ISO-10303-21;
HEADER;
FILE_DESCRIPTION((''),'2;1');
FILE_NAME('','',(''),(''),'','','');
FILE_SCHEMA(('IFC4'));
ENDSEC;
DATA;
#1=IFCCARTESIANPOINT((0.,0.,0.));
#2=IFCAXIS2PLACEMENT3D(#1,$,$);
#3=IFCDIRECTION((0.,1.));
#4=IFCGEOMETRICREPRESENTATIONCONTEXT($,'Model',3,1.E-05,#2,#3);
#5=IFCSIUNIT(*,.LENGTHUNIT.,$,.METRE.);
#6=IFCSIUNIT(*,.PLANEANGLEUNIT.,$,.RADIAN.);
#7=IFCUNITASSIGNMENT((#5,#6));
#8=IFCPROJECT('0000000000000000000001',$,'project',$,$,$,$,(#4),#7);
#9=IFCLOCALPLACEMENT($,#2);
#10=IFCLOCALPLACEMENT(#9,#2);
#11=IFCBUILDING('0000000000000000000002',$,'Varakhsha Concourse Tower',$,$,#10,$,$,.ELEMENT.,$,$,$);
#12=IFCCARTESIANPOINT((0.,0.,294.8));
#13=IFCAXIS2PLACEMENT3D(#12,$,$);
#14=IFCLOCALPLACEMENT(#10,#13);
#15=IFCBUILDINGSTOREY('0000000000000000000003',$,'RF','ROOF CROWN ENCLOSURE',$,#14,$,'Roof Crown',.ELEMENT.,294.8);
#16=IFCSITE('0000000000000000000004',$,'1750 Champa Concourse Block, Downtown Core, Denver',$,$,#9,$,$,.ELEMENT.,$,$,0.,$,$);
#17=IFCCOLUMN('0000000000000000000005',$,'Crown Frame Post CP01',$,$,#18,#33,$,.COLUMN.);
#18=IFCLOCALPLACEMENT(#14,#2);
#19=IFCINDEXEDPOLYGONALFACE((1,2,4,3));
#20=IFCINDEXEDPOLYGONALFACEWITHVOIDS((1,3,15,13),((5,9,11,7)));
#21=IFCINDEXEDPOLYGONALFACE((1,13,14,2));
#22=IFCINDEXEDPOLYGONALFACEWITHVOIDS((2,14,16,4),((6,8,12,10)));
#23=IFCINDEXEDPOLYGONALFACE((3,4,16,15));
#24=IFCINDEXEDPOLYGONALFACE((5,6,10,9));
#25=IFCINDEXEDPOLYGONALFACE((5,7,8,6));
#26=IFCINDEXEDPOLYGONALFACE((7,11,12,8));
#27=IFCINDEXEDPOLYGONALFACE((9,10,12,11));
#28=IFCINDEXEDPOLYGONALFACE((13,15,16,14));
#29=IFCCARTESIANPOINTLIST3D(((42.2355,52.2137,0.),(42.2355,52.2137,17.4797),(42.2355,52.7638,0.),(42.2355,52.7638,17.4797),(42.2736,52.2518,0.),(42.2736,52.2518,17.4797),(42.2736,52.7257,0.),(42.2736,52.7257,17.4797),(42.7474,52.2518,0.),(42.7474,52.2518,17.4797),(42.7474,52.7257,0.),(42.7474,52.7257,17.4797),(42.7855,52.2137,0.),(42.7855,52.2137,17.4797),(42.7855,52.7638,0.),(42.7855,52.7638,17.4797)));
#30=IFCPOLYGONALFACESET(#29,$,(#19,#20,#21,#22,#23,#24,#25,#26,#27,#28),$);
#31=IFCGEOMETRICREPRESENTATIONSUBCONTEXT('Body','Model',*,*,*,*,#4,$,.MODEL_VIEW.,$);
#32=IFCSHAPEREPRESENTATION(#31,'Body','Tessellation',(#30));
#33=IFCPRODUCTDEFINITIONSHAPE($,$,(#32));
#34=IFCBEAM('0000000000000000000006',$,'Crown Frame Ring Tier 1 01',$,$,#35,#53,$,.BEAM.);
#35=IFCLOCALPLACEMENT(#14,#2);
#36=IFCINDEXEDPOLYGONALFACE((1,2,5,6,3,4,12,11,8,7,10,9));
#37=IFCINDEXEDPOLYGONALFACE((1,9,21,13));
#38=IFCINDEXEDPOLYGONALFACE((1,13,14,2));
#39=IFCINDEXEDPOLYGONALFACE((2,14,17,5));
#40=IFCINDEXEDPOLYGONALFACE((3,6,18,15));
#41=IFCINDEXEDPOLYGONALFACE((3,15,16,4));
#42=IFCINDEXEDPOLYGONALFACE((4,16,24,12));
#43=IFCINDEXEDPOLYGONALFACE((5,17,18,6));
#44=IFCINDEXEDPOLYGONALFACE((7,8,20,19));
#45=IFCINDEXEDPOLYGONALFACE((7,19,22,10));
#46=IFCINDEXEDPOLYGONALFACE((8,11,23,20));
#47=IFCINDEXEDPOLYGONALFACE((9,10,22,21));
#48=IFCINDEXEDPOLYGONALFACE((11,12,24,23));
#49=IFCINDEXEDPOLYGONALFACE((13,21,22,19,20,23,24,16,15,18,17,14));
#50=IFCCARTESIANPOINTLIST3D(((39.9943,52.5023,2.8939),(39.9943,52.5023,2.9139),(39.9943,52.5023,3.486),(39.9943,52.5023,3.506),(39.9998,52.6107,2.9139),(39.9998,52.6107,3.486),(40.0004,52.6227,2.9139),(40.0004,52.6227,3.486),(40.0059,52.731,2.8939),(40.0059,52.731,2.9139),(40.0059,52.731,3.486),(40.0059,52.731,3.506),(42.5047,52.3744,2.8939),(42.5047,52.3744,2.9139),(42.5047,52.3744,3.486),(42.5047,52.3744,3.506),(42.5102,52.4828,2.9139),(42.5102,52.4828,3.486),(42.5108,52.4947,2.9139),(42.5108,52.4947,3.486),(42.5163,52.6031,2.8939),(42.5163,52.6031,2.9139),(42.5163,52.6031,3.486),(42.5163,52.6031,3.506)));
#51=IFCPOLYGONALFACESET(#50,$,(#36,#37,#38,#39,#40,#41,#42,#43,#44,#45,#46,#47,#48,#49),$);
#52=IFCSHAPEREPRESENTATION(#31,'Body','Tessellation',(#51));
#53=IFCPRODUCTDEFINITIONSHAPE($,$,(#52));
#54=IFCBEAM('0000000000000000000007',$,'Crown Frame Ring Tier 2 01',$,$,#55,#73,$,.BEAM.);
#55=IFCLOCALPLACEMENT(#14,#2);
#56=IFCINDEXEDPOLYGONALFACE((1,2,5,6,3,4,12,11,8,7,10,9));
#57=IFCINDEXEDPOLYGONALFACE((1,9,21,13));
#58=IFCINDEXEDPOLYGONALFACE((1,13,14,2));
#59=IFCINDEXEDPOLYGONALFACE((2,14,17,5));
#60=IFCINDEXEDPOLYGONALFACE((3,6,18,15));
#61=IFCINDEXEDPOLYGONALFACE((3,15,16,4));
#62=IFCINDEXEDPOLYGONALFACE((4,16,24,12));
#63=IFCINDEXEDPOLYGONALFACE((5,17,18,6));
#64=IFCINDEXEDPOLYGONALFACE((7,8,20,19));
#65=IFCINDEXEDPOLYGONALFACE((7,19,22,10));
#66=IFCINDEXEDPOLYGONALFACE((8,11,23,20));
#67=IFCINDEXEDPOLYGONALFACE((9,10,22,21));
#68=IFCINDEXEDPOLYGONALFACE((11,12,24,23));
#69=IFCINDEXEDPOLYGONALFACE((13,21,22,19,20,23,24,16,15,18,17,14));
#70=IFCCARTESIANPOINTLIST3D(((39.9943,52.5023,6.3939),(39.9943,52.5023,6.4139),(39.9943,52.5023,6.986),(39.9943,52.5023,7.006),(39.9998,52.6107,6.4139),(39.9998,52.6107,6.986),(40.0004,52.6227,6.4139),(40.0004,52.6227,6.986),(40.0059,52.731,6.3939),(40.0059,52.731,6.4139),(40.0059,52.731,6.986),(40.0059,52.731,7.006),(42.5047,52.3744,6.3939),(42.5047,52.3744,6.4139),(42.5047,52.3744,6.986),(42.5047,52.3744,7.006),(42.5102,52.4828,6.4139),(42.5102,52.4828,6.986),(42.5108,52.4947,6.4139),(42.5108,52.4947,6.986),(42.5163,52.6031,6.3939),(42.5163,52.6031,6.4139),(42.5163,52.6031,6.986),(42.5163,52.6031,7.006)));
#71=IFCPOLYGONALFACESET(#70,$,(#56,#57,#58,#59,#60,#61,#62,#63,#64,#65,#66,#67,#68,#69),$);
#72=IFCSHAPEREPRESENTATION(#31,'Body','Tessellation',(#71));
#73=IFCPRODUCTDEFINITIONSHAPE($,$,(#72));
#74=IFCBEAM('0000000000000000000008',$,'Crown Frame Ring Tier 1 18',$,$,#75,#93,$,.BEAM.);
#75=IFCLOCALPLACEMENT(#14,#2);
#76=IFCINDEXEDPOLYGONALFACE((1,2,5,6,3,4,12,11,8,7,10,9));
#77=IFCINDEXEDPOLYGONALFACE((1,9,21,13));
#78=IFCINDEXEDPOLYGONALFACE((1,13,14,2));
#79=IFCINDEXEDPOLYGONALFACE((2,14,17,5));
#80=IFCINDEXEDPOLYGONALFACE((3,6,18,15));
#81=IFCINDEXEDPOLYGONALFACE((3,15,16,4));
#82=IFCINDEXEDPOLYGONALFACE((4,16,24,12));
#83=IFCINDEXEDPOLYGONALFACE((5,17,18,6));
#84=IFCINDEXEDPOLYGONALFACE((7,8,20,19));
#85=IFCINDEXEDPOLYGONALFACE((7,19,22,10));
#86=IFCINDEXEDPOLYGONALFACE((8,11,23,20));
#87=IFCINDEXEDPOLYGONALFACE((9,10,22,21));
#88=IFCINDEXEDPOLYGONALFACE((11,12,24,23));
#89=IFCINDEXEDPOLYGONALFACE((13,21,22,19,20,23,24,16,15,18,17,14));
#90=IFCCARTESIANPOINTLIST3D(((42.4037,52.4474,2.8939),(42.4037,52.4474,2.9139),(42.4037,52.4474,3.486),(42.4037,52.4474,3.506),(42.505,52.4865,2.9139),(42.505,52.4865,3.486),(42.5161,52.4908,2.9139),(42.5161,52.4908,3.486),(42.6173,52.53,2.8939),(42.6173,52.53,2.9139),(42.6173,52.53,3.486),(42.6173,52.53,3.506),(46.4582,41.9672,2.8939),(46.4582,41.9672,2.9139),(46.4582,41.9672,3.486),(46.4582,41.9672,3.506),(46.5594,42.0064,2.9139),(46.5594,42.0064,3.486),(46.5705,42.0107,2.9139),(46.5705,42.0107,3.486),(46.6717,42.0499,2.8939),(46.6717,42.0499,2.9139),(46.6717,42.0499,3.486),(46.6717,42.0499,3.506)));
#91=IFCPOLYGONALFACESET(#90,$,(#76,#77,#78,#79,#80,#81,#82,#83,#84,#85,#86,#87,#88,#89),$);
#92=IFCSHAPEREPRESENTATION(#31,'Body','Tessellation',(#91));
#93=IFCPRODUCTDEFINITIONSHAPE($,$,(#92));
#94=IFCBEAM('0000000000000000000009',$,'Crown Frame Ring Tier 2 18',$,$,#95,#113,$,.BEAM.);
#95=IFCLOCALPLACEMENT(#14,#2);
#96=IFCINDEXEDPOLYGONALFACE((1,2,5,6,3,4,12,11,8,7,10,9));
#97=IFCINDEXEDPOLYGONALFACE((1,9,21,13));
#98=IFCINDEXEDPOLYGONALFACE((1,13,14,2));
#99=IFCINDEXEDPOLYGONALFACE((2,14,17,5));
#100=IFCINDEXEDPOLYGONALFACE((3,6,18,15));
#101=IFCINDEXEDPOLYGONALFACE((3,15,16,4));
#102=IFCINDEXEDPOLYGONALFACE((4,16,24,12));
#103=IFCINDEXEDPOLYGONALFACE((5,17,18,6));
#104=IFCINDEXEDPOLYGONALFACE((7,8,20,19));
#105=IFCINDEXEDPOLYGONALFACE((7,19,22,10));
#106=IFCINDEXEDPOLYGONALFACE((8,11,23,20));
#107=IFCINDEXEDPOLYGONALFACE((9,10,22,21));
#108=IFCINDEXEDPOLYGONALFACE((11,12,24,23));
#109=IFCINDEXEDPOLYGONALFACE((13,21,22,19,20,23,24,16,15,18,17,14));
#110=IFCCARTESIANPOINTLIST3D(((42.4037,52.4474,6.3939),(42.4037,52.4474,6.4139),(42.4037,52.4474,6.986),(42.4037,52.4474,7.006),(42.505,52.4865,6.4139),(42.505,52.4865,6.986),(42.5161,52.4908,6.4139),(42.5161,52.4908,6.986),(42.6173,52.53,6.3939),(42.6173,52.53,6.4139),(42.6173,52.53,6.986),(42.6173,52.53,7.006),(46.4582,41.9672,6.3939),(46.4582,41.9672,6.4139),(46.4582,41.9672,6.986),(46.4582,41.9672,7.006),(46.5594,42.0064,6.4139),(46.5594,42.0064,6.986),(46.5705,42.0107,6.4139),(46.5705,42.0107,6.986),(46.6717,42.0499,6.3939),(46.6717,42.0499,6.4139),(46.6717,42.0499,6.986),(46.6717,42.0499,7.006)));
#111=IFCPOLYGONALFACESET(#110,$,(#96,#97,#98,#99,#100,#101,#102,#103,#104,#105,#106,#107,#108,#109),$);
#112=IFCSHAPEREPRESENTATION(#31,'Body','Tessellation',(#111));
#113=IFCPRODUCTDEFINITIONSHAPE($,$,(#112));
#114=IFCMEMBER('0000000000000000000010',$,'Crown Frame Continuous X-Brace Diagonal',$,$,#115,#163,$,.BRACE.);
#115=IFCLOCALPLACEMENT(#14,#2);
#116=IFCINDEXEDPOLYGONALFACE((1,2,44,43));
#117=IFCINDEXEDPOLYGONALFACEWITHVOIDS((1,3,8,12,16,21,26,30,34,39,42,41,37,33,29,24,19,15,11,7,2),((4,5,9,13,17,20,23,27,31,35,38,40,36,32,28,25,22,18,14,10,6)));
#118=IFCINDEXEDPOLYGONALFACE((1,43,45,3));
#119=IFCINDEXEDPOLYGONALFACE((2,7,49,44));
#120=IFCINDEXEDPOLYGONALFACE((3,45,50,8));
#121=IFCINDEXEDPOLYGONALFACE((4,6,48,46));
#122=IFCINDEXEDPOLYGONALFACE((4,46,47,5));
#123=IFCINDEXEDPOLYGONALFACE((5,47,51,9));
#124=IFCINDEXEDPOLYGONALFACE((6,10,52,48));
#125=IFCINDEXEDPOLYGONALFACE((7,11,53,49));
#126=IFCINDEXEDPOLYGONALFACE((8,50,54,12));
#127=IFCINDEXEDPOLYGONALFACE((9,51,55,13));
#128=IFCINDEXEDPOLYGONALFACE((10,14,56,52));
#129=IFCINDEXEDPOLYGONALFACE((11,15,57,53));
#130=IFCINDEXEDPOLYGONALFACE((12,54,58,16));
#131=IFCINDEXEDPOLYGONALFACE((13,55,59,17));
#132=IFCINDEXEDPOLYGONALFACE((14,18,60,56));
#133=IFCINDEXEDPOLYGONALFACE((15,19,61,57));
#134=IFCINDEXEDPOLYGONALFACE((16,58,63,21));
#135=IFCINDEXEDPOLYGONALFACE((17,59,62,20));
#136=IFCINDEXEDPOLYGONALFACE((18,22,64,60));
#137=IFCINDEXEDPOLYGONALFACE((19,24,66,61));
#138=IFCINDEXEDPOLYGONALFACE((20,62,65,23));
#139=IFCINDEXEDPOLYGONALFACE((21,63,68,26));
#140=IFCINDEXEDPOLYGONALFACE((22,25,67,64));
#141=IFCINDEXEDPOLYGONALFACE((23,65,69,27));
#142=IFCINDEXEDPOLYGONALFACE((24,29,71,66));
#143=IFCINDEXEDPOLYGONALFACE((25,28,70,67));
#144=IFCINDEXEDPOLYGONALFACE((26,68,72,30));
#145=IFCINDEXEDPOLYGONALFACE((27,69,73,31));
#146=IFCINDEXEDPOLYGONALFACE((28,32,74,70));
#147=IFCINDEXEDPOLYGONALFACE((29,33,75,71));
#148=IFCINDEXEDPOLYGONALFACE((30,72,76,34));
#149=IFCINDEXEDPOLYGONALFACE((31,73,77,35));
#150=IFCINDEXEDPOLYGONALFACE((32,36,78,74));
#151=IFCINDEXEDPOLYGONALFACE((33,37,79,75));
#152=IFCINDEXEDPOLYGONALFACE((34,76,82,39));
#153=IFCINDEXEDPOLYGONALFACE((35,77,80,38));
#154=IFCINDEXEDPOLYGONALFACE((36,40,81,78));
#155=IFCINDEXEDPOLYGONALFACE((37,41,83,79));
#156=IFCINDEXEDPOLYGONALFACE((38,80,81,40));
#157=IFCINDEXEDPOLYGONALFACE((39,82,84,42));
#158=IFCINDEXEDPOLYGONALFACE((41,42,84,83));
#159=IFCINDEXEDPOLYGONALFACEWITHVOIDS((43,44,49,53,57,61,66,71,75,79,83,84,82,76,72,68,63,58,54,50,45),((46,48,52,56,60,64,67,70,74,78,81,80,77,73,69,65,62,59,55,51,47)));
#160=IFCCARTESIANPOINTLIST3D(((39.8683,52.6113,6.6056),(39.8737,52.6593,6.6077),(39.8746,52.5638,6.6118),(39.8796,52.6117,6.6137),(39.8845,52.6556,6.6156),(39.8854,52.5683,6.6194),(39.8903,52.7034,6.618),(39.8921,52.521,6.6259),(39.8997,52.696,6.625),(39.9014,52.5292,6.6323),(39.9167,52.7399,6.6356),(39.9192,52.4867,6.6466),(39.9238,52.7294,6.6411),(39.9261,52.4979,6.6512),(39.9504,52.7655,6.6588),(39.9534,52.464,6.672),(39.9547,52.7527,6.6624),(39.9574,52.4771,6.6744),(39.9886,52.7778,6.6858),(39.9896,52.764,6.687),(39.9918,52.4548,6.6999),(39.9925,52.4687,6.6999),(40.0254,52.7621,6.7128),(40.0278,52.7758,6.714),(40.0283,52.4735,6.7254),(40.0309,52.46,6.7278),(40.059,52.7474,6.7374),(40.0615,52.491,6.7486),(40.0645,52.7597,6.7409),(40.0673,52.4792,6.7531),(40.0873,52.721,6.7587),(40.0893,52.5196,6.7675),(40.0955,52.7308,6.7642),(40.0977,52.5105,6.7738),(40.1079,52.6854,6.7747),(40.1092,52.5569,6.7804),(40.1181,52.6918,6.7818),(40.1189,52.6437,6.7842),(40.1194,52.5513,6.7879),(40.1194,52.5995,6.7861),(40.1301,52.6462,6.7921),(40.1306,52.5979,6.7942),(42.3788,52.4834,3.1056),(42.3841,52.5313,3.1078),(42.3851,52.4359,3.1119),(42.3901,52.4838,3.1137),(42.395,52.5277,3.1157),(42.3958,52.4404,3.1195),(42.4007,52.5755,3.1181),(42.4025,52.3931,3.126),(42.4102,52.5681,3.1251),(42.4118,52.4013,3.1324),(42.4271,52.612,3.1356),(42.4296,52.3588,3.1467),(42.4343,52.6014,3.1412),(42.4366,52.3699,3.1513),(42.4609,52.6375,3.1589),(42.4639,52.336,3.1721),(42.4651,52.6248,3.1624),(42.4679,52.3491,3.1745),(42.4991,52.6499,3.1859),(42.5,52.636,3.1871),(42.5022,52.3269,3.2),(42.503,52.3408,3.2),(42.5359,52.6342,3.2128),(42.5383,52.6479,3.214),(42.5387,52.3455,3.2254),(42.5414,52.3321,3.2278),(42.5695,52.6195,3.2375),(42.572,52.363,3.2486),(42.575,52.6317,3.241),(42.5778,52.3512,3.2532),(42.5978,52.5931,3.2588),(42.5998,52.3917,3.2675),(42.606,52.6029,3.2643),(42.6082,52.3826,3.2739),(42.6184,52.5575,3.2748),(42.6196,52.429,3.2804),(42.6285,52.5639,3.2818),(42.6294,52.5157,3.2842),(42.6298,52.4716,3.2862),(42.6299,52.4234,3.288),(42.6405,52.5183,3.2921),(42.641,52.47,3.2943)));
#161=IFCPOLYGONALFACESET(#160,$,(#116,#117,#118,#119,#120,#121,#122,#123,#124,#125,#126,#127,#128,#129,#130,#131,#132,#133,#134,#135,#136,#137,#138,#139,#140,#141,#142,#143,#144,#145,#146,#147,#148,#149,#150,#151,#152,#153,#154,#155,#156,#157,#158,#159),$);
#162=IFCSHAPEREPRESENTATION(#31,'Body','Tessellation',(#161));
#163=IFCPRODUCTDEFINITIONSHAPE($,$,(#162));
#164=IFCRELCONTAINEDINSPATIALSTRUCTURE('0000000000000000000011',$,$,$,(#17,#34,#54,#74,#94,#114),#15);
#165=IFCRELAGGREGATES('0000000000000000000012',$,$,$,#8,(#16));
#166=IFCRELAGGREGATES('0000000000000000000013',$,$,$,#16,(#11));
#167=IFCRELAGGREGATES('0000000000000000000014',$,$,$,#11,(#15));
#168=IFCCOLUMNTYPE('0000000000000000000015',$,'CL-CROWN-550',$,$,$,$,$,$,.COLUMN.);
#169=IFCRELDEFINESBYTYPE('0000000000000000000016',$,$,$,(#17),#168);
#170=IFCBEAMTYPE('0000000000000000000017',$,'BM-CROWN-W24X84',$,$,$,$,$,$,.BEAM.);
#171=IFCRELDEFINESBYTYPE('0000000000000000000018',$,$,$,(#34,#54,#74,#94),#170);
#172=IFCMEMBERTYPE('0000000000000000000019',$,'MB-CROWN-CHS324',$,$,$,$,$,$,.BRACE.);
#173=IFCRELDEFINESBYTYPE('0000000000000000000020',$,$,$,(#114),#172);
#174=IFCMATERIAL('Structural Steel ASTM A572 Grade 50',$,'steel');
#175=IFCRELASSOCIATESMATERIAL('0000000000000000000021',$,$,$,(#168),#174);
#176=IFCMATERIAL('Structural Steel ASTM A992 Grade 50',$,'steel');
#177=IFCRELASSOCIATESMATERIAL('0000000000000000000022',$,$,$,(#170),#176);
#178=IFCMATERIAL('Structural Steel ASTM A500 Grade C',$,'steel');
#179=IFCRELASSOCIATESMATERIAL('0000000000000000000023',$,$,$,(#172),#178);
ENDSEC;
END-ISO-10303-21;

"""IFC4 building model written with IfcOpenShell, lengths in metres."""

from ifc_helpers import new_model, si_unit, direction, frame, origin, origin_2d, place, context, subcontext, project, spatial, hollow_rectangle, hollow_circle, i_section, extrude, source, transform, mapped, material, material_profile, profile_set, type_object, element, save


model = new_model("IFC4")

# Units and contexts
model_context = context("Model", 3, precision=1e-05, world=origin(), true_north=direction((0.0, 1.0)))
body_context = subcontext(model_context, "Body", "Model", "MODEL_VIEW")
ifc_project = project(units=[si_unit("LENGTHUNIT", "METRE"), si_unit("PLANEANGLEUNIT", "RADIAN")], contexts=[model_context])

# Site, building, storey
site_placement = place(None, origin())
site = spatial("IfcSite", under=ifc_project, at=site_placement, Name="1750 Champa Concourse Block, Downtown Core, Denver", CompositionType="ELEMENT", RefElevation=0.0)
building_placement = place(site_placement, origin())
building = spatial("IfcBuilding", under=site, at=building_placement, Name="Varakhsha Concourse Tower", CompositionType="ELEMENT")
storey_placement = place(building_placement, frame((0.0, 0.0, 294.8)))
storey = spatial("IfcBuildingStorey", under=building, at=storey_placement, Name="RF", Description="ROOF CROWN ENCLOSURE", LongName="Roof Crown", CompositionType="ELEMENT", Elevation=294.8)

# Column
ifc_material_1 = material(Name="Structural Steel ASTM A572 Grade 50", Category="steel")
ifc_material_profile_1 = material_profile(ifc_material_1, hollow_rectangle(XDim=0.55, YDim=0.55, WallThickness=0.0381, at=origin_2d()), Name="BOX 550x550x38")
ifc_profile_set_1 = profile_set([ifc_material_profile_1], Name="Structural Steel ASTM A572 Grade 50")
column_type = type_object("IfcColumnType", Name="CL-CROWN-550", PredefinedType="COLUMN", material=ifc_profile_set_1)
column_placement = place(storey_placement, frame((42.5105, 52.4888, 0.0), z_axis=(0.0, 0.0, 1.0), x_axis=(1.0, 0.0, 0.0)))
element("IfcColumn", 1, at=column_placement, inside=storey, type_object=column_type, Name="Crown Frame Post CP01", PredefinedType="COLUMN", context=body_context, shape_type="SweptSolid", body=[
    extrude(hollow_rectangle(XDim=0.55, YDim=0.55, WallThickness=0.0381, at=origin_2d()), origin(), (0.0, 0.0, 1.0), 17.4797),
])

# Beams
ifc_material_2 = material(Name="Structural Steel ASTM A992 Grade 50", Category="steel")
ifc_material_profile_2 = material_profile(ifc_material_2, i_section(OverallWidth=0.229, OverallDepth=0.6121, WebThickness=0.012, FlangeThickness=0.02, at=origin_2d()), Name="W24X84")
ifc_profile_set_2 = profile_set([ifc_material_profile_2], Name="Structural Steel ASTM A992 Grade 50")
beam_type = type_object("IfcBeamType", Name="BM-CROWN-W24X84", PredefinedType="BEAM", material=ifc_profile_set_2)
for number, where, z_axis, x_axis, name in (
    (2, (42.5105, 52.4888, 3.2), (-0.998704, 0.050892, 0.0), (-0.050892, -0.998704, 0.0), "Crown Frame Ring Tier 1 01"),
    (3, (42.5105, 52.4888, 6.7), (-0.998704, 0.050892, 0.0), (-0.050892, -0.998704, 0.0), "Crown Frame Ring Tier 2 01"),
):
    element("IfcBeam", number, at=place(storey_placement, frame(where, z_axis=z_axis, x_axis=x_axis)), inside=storey, type_object=beam_type, Name=name, PredefinedType="BEAM", context=body_context, shape_type="SweptSolid", body=[
        extrude(i_section(OverallWidth=0.229, OverallDepth=0.6121, WebThickness=0.012, FlangeThickness=0.02, at=origin_2d()), origin(), (0.0, 0.0, 1.0), 2.5137),
    ])
for number, where, z_axis, x_axis, name in (
    (4, (46.5649, 42.0085, 3.2), (-0.360807, 0.932641, 0.0), (-0.932641, -0.360807, 0.0), "Crown Frame Ring Tier 1 18"),
    (5, (46.5649, 42.0085, 6.7), (-0.360807, 0.932641, 0.0), (-0.932641, -0.360807, 0.0), "Crown Frame Ring Tier 2 18"),
):
    element("IfcBeam", number, at=place(storey_placement, frame(where, z_axis=z_axis, x_axis=x_axis)), inside=storey, type_object=beam_type, Name=name, PredefinedType="BEAM", context=body_context, shape_type="SweptSolid", body=[
        extrude(i_section(OverallWidth=0.229, OverallDepth=0.6121, WebThickness=0.012, FlangeThickness=0.02, at=origin_2d()), origin(), (0.0, 0.0, 1.0), 11.2371),
    ])

# Member
ifc_material_3 = material(Name="Structural Steel ASTM A500 Grade C", Category="steel")
ifc_material_profile_3 = material_profile(ifc_material_3, hollow_circle(Radius=0.1621, WallThickness=0.0139, at=origin_2d()), Name="CHS 324x14")
ifc_profile_set_3 = profile_set([ifc_material_profile_3], Name="Structural Steel ASTM A500 Grade C")
member_type_1 = type_object("IfcMemberType", Name="MB-CROWN-CHS324", PredefinedType="BRACE", material=ifc_profile_set_3)
shared_shape_1 = source(origin(), body_context, "Body", "SweptSolid", [
    extrude(hollow_circle(Radius=0.1621, WallThickness=0.0139, at=origin_2d()), origin(), (0.0, 0.0, 1.0), 4.3091),
])
member_1_placement = place(storey_placement, frame((42.5105, 52.4888, 3.2), z_axis=(-0.582594, 0.029688, 0.812221), x_axis=(-0.050892, -0.998704, 0.0)))
element("IfcMember", 6, at=member_1_placement, inside=storey, type_object=member_type_1, Name="Crown Frame Continuous X-Brace Diagonal", PredefinedType="BRACE", context=body_context, shape_type="MappedRepresentation", body=[
    mapped(shared_shape_1, transform((0.0, 0.0, 0.0), scale=1.0)),
])

save(model, "model.ifc")
